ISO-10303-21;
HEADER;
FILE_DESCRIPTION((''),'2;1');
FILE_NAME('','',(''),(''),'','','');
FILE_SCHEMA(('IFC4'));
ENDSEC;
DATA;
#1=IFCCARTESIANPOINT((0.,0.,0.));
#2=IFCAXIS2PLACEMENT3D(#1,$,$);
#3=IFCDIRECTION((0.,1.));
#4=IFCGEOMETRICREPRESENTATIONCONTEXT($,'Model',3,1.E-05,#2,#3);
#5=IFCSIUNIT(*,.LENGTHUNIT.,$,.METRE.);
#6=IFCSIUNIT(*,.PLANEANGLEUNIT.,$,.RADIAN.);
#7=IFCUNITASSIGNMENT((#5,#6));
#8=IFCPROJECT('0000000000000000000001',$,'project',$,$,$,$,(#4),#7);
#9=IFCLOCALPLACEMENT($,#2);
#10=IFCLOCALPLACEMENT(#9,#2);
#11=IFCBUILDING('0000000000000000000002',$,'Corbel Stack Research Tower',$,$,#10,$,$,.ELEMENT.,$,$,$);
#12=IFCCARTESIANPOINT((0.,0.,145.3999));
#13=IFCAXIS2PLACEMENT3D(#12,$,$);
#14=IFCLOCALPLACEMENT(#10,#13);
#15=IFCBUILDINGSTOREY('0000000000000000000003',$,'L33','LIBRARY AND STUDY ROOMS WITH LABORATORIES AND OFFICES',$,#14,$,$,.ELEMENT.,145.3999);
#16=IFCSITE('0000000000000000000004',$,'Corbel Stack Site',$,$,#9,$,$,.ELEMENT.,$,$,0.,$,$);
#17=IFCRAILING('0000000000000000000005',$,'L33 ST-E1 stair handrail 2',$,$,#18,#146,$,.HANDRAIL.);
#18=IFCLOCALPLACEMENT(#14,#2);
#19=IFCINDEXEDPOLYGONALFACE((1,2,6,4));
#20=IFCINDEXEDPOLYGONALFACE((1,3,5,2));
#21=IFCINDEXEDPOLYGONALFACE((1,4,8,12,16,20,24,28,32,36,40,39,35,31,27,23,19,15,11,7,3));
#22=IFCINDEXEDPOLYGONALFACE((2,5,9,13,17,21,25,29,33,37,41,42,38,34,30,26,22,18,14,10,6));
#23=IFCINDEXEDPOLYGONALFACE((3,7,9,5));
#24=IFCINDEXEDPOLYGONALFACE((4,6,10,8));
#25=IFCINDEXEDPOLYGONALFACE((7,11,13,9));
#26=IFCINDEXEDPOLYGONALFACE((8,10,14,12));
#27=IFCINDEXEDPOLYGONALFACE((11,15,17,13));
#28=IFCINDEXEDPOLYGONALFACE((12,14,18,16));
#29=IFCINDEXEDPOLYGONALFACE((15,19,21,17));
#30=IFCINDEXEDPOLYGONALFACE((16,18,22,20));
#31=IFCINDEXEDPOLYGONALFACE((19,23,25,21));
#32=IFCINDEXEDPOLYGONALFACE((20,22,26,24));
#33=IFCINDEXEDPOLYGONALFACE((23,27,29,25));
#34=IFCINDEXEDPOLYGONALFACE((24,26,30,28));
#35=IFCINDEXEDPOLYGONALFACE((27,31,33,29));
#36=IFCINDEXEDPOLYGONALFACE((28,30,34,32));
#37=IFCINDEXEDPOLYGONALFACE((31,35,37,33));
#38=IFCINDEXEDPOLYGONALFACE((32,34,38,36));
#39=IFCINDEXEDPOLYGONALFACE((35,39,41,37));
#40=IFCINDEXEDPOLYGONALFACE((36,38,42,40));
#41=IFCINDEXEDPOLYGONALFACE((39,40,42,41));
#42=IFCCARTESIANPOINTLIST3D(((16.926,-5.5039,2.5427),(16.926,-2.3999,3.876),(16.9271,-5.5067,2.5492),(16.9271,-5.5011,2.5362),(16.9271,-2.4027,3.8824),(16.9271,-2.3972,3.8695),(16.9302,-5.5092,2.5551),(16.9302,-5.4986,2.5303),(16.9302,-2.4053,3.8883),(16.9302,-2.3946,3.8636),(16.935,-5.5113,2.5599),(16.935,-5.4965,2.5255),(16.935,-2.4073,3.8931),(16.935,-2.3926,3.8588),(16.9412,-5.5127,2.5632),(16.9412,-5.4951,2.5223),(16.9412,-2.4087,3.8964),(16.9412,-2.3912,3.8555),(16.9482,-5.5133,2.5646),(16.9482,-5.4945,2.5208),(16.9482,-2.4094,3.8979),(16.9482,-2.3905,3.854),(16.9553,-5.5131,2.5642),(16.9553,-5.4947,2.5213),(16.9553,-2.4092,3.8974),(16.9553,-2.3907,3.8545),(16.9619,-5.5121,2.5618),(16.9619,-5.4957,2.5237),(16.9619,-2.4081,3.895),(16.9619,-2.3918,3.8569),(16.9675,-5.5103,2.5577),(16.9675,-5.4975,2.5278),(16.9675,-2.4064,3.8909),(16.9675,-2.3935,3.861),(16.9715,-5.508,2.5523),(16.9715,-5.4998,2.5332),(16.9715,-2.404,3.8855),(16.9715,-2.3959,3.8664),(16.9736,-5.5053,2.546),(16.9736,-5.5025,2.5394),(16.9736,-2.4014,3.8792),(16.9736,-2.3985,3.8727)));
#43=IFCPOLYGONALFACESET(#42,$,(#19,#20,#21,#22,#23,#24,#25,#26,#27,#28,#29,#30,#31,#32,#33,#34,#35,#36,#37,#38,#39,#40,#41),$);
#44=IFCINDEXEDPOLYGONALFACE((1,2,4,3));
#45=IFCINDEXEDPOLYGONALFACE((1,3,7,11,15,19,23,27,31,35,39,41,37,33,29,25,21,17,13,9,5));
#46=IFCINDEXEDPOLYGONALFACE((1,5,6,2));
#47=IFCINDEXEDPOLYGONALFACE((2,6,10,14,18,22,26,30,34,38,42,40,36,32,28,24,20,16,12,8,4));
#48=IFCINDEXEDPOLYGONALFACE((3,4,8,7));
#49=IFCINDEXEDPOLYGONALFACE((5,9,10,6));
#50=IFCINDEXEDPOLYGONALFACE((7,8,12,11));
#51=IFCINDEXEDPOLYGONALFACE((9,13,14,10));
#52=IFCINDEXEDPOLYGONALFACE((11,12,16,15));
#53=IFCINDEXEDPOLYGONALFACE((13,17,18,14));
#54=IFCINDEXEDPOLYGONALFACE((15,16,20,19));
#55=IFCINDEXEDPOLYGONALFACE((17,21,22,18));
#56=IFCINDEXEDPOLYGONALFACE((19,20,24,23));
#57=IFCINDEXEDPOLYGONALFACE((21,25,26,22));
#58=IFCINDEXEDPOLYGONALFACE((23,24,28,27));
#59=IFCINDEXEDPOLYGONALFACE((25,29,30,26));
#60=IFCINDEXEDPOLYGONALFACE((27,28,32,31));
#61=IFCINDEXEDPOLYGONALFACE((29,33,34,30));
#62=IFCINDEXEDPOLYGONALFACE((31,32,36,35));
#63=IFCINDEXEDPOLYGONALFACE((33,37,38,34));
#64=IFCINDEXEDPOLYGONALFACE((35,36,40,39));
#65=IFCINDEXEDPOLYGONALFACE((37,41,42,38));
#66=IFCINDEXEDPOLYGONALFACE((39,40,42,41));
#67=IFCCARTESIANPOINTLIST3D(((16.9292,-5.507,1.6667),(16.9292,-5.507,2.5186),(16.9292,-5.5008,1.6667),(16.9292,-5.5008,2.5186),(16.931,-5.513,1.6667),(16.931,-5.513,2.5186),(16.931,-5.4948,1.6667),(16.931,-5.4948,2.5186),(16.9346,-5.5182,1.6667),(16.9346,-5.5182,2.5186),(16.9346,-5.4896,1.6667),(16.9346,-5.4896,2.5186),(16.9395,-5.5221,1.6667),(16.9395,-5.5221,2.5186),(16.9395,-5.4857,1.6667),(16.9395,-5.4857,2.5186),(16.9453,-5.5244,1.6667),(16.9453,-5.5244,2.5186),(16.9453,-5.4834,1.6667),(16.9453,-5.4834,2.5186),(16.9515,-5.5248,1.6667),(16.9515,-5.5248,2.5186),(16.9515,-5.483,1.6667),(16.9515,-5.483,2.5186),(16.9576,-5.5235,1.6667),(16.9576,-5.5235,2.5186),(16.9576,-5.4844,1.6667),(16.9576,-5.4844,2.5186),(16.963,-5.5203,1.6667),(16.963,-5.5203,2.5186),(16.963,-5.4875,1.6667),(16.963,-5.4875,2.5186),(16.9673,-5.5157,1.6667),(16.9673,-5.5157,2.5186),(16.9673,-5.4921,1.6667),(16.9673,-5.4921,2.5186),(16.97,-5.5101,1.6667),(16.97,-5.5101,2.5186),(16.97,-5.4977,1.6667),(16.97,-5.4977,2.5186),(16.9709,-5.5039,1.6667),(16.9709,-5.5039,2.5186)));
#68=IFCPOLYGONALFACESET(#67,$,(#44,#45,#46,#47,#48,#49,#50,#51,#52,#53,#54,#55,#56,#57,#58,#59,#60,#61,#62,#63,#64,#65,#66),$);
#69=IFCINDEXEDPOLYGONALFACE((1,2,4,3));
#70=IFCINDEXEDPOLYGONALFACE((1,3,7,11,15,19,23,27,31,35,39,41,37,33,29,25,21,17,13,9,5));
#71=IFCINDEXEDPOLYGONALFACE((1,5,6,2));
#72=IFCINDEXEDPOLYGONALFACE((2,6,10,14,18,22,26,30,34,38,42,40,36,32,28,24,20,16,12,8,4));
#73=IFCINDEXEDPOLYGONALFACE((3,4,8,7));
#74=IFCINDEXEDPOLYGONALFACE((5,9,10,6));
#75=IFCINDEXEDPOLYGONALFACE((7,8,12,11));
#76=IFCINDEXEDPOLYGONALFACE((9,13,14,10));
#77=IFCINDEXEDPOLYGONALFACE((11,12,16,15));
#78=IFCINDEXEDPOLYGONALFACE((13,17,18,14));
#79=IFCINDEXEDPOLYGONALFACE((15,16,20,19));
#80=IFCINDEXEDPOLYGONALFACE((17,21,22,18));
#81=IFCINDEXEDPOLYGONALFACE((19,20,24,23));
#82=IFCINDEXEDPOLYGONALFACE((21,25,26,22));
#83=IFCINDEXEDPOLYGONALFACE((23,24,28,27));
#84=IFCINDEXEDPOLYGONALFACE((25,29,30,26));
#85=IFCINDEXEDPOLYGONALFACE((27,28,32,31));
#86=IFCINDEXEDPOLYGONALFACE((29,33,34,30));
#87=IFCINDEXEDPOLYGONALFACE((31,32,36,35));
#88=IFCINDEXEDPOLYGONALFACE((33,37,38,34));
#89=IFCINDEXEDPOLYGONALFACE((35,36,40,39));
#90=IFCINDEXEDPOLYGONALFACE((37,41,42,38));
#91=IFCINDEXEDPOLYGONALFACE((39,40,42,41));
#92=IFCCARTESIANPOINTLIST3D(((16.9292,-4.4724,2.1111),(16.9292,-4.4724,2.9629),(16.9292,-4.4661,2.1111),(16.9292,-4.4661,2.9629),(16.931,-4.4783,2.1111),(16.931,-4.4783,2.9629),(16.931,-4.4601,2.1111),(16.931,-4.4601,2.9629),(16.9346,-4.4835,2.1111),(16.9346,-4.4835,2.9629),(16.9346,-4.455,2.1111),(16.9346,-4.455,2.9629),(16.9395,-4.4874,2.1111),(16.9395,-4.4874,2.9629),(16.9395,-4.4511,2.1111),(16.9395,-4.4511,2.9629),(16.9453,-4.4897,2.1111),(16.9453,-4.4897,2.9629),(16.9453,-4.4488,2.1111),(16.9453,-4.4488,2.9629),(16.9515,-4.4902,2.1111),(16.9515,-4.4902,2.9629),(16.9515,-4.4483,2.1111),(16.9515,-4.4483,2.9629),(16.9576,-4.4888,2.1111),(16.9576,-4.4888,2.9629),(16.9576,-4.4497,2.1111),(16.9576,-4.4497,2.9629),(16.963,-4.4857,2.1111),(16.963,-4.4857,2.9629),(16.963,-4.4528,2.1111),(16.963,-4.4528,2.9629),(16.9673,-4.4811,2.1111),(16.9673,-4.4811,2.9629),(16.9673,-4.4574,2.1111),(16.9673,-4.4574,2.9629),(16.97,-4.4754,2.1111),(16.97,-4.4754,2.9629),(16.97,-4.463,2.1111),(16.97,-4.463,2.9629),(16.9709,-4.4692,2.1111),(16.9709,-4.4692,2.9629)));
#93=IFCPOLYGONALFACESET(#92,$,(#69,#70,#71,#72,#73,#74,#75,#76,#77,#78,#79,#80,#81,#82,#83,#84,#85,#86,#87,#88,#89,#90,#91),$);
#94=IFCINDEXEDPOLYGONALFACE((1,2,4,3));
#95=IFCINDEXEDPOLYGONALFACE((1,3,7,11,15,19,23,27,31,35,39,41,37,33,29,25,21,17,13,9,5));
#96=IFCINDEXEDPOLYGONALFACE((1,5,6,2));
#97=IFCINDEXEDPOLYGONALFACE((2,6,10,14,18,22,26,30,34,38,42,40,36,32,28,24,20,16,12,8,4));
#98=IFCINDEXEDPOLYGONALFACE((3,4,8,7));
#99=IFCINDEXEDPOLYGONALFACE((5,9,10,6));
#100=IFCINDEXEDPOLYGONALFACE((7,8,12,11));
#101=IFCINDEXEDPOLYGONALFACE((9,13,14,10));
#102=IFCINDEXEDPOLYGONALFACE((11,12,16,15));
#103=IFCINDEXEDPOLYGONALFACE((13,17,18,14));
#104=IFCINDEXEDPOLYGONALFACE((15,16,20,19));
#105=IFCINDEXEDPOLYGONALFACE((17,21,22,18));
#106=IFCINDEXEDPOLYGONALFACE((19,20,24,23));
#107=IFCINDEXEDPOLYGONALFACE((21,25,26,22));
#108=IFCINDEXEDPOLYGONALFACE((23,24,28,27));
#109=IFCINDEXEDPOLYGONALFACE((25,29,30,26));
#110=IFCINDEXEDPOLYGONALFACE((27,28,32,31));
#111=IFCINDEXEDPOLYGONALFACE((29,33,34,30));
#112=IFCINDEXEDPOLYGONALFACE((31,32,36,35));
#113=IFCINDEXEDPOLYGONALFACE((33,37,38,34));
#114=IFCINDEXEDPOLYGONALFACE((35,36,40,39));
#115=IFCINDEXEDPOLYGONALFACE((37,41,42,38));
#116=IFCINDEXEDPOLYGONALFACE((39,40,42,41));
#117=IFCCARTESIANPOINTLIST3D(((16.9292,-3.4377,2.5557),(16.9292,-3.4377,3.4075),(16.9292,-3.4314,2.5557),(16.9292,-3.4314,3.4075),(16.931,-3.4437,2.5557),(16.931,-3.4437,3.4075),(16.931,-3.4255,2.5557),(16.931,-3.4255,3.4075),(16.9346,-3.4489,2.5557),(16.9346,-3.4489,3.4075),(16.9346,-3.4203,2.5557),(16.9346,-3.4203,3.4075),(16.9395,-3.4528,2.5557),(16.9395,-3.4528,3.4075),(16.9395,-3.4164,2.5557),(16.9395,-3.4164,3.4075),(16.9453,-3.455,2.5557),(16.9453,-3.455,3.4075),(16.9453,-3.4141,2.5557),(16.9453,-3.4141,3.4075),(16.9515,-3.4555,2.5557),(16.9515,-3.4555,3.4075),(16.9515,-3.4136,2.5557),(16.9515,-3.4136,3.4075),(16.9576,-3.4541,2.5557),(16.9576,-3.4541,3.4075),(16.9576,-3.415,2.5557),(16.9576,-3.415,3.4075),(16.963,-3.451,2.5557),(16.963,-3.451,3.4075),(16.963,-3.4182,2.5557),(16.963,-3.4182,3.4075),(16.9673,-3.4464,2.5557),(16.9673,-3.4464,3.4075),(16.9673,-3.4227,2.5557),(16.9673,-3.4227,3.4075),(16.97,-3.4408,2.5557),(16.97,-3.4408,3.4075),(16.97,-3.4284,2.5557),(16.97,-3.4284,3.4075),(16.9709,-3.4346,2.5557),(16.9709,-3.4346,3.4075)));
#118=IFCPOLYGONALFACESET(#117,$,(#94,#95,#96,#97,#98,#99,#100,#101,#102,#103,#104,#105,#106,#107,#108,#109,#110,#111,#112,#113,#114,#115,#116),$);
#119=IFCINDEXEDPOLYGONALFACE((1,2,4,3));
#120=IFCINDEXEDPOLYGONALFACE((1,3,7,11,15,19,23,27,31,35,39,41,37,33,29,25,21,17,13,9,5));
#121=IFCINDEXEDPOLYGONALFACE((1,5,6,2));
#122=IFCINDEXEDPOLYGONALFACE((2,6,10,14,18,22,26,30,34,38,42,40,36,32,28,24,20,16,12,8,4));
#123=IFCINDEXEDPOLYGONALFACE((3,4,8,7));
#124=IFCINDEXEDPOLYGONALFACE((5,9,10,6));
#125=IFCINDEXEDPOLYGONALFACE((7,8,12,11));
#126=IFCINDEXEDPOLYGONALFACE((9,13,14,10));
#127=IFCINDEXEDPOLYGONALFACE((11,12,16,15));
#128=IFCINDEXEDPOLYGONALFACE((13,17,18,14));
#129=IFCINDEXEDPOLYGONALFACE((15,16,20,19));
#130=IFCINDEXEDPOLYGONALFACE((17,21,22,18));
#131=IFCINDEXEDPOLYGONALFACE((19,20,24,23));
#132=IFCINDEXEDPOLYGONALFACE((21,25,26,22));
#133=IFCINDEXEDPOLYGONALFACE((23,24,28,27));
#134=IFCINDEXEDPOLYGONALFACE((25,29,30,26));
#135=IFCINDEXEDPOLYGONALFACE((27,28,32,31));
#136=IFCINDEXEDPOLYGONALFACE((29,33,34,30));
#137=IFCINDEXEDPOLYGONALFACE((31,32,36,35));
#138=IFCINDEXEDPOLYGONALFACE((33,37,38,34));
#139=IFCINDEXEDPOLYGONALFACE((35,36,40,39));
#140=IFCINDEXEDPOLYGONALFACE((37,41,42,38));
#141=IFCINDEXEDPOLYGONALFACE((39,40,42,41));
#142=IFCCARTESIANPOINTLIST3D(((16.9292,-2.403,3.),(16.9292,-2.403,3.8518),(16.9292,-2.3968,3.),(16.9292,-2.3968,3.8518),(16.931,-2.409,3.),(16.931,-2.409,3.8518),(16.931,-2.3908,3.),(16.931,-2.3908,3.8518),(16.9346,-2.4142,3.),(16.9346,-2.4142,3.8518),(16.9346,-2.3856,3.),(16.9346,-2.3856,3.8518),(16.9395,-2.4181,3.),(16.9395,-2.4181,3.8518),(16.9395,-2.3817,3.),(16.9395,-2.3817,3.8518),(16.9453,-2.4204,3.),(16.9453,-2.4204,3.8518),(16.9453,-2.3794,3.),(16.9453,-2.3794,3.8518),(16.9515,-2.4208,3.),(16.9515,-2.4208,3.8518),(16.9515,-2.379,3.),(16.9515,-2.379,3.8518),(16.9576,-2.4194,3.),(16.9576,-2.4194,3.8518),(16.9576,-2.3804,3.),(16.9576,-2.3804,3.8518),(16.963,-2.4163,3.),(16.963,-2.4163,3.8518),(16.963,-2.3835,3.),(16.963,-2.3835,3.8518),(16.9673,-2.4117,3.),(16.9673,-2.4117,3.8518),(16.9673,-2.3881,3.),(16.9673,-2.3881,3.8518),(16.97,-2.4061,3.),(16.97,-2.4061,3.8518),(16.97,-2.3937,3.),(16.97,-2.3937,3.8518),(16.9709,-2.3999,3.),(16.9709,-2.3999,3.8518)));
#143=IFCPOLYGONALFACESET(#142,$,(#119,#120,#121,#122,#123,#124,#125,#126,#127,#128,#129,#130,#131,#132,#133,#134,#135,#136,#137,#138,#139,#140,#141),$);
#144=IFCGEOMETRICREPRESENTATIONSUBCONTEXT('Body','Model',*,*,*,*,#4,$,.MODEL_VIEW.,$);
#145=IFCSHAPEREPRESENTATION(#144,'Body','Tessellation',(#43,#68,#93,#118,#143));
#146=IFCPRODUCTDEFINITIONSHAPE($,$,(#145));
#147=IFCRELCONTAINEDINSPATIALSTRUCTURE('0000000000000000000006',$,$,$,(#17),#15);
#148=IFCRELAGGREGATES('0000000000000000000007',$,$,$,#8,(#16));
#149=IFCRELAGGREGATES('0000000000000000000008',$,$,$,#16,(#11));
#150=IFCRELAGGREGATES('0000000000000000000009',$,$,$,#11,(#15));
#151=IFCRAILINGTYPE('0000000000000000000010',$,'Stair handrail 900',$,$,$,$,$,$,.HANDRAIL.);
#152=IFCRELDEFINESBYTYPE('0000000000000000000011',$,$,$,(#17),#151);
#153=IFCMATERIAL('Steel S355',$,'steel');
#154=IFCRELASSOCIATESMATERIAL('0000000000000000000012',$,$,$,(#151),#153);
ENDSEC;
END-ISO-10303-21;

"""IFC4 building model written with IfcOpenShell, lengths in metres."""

from ifc_helpers import new_model, si_unit, direction, frame, origin, origin_2d, place, context, subcontext, project, spatial, circle, extrude, material, type_object, element, save


model = new_model("IFC4")

# Units and contexts
model_context = context("Model", 3, precision=1e-05, world=origin(), true_north=direction((0.0, 1.0)))
body_context = subcontext(model_context, "Body", "Model", "MODEL_VIEW")
ifc_project = project(units=[si_unit("LENGTHUNIT", "METRE"), si_unit("PLANEANGLEUNIT", "RADIAN")], contexts=[model_context])

# Site, building, storey
site_placement = place(None, origin())
site = spatial("IfcSite", under=ifc_project, at=site_placement, Name="Corbel Stack Site", CompositionType="ELEMENT", RefElevation=0.0)
building_placement = place(site_placement, origin())
building = spatial("IfcBuilding", under=site, at=building_placement, Name="Corbel Stack Research Tower", CompositionType="ELEMENT")
storey_placement = place(building_placement, frame((0.0, 0.0, 145.3999)))
storey = spatial("IfcBuildingStorey", under=building, at=storey_placement, Name="L33", Description="LIBRARY AND STUDY ROOMS WITH LABORATORIES AND OFFICES", CompositionType="ELEMENT", Elevation=145.3999)

# Railing
ifc_material_1 = material(Name="Steel S355", Category="steel")
railing_type_1 = type_object("IfcRailingType", Name="Stair handrail 900", PredefinedType="HANDRAIL", material=ifc_material_1)
for number, where, name in (
    (1, (16.95, -5.5039, 1.6667), "L33 ST-E1 stair handrail 2"),
):
    element("IfcRailing", number, at=place(storey_placement, frame(where)), inside=storey, type_object=railing_type_1, Name=name, PredefinedType="HANDRAIL", context=body_context, shape_type="SweptSolid", body=[
        extrude(circle(Radius=0.0239, at=origin_2d()), frame((0.0, 0.0, 0.876), z_axis=(0.0, 0.918827, 0.394661), x_axis=(-1.0, 0.0, 0.0)), (0.0, 0.0, 1.0), 3.3782),
        extrude(circle(Radius=0.021, at=origin_2d()), origin(), (0.0, 0.0, 1.0), 0.8518),
        extrude(circle(Radius=0.021, at=origin_2d()), frame((0.0, 1.0347, 0.4443)), (0.0, 0.0, 1.0), 0.8518),
        extrude(circle(Radius=0.021, at=origin_2d()), frame((0.0, 2.0693, 0.8889)), (0.0, 0.0, 1.0), 0.8518),
        extrude(circle(Radius=0.021, at=origin_2d()), frame((0.0, 3.104, 1.3333)), (0.0, 0.0, 1.0), 0.8518),
    ])

save(model, "model.ifc")
